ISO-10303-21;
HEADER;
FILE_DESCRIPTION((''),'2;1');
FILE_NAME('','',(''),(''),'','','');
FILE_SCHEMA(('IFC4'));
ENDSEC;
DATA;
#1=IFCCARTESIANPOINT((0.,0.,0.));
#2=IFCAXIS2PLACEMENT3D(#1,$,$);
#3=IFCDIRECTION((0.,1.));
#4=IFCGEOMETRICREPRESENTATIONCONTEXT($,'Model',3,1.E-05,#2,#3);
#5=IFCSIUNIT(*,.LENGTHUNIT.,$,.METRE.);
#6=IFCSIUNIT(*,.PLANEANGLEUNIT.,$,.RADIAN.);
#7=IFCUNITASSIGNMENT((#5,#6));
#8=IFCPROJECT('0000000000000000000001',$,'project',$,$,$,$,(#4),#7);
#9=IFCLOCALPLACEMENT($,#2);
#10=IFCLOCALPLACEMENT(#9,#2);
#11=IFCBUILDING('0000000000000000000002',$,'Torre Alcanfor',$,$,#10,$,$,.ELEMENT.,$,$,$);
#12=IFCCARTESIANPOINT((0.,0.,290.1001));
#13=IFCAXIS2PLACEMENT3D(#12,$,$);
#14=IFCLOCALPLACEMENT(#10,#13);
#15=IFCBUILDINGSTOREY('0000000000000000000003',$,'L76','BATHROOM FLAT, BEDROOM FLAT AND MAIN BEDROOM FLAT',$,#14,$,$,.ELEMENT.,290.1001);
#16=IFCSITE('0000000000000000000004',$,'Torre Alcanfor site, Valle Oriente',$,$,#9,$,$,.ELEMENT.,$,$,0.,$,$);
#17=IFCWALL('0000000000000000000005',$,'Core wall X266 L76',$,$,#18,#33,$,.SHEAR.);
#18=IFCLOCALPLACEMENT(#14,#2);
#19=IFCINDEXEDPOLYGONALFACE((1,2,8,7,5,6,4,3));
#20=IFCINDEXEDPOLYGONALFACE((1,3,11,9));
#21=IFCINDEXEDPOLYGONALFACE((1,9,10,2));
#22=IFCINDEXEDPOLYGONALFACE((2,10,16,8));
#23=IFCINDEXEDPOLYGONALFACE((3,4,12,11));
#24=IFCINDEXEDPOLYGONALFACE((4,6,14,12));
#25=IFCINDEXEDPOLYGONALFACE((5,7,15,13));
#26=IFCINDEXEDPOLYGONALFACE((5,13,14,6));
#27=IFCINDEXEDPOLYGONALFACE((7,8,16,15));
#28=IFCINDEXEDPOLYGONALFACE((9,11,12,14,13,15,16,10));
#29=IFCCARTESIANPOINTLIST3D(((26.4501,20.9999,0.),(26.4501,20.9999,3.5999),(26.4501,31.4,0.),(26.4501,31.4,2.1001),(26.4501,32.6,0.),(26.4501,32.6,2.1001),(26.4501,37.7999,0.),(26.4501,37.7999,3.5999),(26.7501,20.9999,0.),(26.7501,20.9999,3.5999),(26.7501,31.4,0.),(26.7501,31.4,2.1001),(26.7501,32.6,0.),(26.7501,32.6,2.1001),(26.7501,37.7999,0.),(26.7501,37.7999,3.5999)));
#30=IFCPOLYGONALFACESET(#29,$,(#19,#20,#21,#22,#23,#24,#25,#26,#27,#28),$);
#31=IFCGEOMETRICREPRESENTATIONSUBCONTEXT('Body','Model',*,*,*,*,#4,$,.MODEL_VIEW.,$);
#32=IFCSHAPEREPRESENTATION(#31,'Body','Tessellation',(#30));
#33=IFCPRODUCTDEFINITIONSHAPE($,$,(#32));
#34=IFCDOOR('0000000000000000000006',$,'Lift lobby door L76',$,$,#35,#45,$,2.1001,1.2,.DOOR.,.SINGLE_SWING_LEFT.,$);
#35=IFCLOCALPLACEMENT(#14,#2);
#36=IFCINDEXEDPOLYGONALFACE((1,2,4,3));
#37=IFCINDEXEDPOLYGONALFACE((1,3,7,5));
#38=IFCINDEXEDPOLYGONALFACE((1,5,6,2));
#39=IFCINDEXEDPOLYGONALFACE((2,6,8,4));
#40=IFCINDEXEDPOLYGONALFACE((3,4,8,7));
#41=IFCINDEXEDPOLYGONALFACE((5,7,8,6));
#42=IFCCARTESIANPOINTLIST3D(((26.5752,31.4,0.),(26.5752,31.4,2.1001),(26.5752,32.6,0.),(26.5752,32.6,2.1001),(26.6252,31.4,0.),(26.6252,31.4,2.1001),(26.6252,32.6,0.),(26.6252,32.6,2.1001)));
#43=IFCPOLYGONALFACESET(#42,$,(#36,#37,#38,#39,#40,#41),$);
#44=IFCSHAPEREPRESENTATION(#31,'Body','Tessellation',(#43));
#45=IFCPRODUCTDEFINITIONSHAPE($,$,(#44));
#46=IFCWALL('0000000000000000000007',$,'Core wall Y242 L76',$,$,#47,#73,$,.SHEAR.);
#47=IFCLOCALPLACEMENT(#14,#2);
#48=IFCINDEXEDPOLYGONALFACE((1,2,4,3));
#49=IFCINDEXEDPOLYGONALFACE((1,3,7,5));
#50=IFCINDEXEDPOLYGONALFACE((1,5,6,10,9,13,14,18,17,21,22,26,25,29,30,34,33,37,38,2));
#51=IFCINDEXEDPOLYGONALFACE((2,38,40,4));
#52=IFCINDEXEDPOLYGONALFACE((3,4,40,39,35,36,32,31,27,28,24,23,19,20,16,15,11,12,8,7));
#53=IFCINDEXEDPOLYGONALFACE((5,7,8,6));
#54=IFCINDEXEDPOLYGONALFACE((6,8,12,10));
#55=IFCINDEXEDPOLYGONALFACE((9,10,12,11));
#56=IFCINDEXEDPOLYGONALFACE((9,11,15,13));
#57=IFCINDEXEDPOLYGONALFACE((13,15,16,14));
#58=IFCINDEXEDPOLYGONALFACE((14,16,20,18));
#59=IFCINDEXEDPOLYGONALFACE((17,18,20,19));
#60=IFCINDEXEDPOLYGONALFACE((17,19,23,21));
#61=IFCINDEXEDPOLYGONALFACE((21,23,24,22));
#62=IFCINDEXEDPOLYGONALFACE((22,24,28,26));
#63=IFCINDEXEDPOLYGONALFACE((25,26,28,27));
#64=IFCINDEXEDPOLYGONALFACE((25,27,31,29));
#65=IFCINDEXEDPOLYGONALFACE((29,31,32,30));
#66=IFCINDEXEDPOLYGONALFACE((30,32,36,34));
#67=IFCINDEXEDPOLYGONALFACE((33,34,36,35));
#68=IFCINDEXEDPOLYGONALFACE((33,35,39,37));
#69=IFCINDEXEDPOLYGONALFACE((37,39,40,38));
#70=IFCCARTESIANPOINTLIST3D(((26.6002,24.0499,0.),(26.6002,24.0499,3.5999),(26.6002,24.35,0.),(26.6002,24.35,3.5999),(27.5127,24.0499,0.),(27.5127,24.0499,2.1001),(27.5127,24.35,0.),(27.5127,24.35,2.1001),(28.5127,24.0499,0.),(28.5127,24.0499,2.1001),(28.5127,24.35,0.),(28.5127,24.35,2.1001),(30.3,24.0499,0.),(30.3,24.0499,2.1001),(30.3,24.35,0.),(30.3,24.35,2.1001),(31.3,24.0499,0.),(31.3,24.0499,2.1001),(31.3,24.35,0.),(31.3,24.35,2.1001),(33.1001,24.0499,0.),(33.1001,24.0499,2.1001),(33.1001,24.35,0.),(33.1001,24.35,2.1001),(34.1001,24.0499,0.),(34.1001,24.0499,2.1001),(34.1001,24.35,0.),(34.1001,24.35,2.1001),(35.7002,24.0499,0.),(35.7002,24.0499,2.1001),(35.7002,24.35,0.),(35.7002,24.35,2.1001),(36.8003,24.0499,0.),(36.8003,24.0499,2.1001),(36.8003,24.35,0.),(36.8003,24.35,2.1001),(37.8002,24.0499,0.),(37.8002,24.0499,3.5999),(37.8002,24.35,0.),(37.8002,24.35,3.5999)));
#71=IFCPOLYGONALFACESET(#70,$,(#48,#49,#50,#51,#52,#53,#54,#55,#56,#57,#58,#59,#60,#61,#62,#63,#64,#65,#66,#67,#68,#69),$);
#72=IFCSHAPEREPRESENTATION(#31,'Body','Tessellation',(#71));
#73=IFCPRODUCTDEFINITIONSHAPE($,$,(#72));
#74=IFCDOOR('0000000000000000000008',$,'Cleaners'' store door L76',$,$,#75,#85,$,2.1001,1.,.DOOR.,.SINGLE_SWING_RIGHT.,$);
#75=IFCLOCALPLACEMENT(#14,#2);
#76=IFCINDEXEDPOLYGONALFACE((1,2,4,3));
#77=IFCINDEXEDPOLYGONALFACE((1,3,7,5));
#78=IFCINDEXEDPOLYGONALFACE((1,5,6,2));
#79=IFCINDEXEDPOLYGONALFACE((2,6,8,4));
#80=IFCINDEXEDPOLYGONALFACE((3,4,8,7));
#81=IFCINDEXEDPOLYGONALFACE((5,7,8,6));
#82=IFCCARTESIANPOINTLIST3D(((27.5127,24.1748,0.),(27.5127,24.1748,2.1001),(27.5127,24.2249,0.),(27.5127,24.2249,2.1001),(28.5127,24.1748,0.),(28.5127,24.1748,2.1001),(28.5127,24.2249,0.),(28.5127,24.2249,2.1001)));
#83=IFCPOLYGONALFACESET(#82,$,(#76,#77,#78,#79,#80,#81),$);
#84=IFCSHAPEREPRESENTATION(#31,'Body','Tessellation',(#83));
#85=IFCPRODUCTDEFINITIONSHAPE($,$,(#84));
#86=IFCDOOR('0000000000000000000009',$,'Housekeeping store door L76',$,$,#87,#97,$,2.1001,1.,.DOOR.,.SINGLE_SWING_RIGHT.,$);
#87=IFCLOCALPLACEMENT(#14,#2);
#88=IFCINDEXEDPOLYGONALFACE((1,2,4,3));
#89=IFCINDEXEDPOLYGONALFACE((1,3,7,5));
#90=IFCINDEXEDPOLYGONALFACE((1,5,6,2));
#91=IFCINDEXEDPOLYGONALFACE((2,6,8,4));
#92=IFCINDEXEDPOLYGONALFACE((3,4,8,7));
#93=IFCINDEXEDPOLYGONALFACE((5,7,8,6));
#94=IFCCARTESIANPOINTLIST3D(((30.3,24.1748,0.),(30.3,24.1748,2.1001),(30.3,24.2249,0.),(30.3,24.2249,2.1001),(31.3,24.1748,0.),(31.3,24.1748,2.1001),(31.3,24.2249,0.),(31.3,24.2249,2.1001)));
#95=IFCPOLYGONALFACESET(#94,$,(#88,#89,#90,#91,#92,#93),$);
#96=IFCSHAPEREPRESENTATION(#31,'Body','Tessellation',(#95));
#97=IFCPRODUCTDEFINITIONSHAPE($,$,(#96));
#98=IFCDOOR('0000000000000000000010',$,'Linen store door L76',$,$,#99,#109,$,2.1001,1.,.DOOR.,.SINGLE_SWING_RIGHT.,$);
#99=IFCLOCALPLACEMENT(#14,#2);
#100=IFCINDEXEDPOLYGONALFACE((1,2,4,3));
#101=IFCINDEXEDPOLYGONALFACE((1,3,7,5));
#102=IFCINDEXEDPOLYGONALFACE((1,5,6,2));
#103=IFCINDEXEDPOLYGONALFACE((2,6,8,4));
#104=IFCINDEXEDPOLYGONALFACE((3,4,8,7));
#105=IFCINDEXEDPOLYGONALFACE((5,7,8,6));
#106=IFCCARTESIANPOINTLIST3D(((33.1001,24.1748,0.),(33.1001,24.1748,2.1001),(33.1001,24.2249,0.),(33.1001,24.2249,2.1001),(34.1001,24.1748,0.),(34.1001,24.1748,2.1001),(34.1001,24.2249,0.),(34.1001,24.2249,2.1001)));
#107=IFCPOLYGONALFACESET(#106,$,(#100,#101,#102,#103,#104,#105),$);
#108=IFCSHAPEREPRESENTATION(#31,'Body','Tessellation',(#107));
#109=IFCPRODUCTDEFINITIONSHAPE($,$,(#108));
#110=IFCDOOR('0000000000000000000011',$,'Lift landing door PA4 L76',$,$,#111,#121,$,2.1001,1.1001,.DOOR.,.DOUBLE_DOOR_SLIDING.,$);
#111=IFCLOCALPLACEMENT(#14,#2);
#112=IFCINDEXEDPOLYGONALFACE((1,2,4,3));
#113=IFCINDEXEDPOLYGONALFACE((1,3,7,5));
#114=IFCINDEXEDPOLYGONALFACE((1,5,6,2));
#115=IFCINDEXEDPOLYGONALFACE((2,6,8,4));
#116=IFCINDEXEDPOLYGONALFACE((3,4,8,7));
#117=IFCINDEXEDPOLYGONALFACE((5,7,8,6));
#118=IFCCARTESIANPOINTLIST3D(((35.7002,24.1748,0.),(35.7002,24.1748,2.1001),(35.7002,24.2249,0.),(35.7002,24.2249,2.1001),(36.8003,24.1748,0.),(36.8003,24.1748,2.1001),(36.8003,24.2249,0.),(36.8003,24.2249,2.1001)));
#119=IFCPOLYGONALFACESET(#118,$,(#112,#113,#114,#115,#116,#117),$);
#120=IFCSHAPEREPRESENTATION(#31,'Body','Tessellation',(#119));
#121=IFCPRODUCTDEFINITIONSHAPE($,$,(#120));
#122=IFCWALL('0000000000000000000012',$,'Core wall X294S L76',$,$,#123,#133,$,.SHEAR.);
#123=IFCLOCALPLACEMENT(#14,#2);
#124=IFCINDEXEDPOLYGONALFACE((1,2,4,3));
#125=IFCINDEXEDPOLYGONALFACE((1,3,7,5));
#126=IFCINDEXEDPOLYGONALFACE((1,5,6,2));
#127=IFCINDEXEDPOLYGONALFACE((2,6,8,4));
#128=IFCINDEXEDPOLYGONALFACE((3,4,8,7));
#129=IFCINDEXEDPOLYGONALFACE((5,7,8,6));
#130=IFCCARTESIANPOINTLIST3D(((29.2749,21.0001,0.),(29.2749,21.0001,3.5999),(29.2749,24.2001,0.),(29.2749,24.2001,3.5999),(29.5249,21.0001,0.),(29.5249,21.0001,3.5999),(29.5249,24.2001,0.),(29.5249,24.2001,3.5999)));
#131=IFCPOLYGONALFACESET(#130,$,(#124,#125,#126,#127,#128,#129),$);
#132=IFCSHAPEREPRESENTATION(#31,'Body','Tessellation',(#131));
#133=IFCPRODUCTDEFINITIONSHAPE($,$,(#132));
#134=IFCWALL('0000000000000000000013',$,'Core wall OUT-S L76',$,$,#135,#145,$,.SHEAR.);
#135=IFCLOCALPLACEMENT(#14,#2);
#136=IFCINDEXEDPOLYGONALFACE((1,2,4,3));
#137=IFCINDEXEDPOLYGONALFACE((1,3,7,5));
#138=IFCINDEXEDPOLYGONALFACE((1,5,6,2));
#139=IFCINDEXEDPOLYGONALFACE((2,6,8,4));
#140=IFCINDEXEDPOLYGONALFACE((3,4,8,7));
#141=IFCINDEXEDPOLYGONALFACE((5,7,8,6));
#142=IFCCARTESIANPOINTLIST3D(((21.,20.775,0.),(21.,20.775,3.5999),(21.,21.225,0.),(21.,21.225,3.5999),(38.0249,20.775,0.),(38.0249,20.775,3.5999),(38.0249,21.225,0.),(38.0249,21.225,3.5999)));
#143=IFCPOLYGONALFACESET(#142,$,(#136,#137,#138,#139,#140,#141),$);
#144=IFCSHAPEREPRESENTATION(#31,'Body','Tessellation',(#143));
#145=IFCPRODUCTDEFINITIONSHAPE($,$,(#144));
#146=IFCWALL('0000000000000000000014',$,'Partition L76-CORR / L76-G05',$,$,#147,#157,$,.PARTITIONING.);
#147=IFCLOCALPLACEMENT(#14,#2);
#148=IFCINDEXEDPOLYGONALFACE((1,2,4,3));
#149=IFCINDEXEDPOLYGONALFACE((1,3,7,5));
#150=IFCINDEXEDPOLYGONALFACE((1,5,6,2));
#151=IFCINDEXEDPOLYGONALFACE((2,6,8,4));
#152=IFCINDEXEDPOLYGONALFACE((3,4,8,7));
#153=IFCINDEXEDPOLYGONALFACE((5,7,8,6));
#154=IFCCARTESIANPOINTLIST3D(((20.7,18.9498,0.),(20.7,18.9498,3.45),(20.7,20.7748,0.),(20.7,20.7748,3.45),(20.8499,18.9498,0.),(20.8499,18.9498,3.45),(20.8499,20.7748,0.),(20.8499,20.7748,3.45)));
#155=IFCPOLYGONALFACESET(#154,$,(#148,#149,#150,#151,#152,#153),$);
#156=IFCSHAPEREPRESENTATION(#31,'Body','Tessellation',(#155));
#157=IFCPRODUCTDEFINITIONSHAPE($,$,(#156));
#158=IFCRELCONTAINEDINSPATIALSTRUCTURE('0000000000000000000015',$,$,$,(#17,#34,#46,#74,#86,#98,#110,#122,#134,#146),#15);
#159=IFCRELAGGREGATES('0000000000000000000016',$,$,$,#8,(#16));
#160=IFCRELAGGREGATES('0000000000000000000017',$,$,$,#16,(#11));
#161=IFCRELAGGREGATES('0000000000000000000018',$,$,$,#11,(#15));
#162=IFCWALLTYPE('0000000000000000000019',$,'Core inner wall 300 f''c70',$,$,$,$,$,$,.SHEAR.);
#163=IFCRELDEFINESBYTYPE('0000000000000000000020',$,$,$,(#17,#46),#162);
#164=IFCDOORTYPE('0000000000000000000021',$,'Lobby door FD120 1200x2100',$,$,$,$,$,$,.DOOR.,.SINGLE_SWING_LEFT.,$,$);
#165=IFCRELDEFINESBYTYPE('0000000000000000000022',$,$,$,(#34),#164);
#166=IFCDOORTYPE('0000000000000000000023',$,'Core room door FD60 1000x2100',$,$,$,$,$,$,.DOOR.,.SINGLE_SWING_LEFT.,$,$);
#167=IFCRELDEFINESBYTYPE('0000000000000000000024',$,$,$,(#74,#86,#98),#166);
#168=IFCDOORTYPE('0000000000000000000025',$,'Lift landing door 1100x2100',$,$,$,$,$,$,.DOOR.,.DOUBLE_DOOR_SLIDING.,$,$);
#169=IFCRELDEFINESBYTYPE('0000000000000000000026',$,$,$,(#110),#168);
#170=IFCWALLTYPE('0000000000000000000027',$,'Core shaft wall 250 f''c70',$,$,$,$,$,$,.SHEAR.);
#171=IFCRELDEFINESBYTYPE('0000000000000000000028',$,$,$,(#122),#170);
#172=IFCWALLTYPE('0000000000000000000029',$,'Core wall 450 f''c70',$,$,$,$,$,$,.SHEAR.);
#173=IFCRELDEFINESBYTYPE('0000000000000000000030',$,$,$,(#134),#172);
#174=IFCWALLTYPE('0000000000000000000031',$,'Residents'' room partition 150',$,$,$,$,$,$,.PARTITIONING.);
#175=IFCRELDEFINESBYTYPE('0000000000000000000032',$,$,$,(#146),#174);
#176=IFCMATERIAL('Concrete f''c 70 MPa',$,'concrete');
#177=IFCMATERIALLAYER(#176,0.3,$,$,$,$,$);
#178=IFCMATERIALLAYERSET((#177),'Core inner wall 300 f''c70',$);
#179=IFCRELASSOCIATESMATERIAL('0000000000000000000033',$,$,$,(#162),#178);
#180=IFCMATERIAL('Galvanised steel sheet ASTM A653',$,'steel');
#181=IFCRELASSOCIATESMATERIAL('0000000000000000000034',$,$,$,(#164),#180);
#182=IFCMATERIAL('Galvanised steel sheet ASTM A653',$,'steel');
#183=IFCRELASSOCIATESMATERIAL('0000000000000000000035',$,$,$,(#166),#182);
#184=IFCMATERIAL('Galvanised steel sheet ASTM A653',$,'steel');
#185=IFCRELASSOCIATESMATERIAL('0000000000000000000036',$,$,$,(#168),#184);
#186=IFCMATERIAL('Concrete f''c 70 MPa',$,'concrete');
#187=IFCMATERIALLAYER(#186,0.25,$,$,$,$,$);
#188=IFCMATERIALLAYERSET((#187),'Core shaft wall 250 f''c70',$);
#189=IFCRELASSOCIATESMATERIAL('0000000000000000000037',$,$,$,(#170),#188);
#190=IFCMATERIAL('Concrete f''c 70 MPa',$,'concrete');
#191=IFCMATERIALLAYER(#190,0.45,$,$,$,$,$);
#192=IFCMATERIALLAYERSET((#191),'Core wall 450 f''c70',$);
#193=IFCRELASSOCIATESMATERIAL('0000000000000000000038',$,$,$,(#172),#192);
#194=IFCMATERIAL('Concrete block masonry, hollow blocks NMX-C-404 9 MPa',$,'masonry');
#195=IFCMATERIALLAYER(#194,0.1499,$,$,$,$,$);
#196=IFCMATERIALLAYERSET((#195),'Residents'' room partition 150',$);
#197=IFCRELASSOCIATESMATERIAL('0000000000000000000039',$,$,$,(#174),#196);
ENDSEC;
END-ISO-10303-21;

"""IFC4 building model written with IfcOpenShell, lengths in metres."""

from ifc_helpers import new_model, si_unit, direction, frame, frame_2d, origin, place, context, subcontext, project, spatial, rectangle, extrude, material, layer, layer_set, type_object, element, fill, save


model = new_model("IFC4")

# Units and contexts
model_context = context("Model", 3, precision=1e-05, world=origin(), true_north=direction((0.0, 1.0)))
body_context = subcontext(model_context, "Body", "Model", "MODEL_VIEW")
ifc_project = project(units=[si_unit("LENGTHUNIT", "METRE"), si_unit("PLANEANGLEUNIT", "RADIAN")], contexts=[model_context])

# Site, building, storey
site_placement = place(None, origin())
site = spatial("IfcSite", under=ifc_project, at=site_placement, Name="Torre Alcanfor site, Valle Oriente", CompositionType="ELEMENT", RefElevation=0.0)
building_placement = place(site_placement, origin())
building = spatial("IfcBuilding", under=site, at=building_placement, Name="Torre Alcanfor", CompositionType="ELEMENT")
storey_placement = place(building_placement, frame((0.0, 0.0, 290.1001)))
storey = spatial("IfcBuildingStorey", under=building, at=storey_placement, Name="L76", Description="BATHROOM FLAT, BEDROOM FLAT AND MAIN BEDROOM FLAT", CompositionType="ELEMENT", Elevation=290.1001)

# Wall, opening, door
ifc_material_1 = material(Name="Concrete f'c 70 MPa", Category="concrete")
ifc_layer_1 = layer(ifc_material_1, 0.3)
ifc_layer_set_1 = layer_set([ifc_layer_1], Name="Core inner wall 300 f'c70")
wall_type_1 = type_object("IfcWallType", Name="Core inner wall 300 f'c70", PredefinedType="SHEAR", material=ifc_layer_set_1)
wall_1_placement = place(storey_placement, frame((26.6001, 21.0, 0.0), z_axis=(0.0, 0.0, 1.0), x_axis=(0.0, 1.0, 0.0)))
wall_1 = element("IfcWall", 1, at=wall_1_placement, inside=storey, type_object=wall_type_1, Name="Core wall X266 L76", PredefinedType="SHEAR", context=body_context, shape_type="SweptSolid", body=[
    extrude(rectangle(XDim=16.8, YDim=0.3, at=frame_2d((8.3999, 0.0))), origin(), (0.0, 0.0, 1.0), 3.5999),
])
opening_1_placement = place(wall_1_placement, frame((10.3999, 0.0, 0.0)))
opening_1 = element("IfcOpeningElement", 2, at=opening_1_placement, cuts=wall_1, PredefinedType="OPENING", context=body_context, shape_type="SweptSolid", body=[
    extrude(rectangle(XDim=1.2, YDim=2.1001, at=frame_2d((0.6001, 1.05))), frame((0.0, 0.1599, 0.0), z_axis=(0.0, -1.0, 0.0), x_axis=(1.0, 0.0, 0.0)), (0.0, 0.0, 1.0), 0.3201),
])
ifc_material_2 = material(Name="Galvanised steel sheet ASTM A653", Category="steel")
door_type_1 = type_object("IfcDoorType", Name="Lobby door FD120 1200x2100", OperationType="SINGLE_SWING_LEFT", PredefinedType="DOOR", material=ifc_material_2)
door_1_placement = place(opening_1_placement, origin())
door_1 = element("IfcDoor", 3, at=door_1_placement, inside=storey, type_object=door_type_1, Name="Lift lobby door L76", OperationType="SINGLE_SWING_LEFT", OverallHeight=2.1001, OverallWidth=1.2, PredefinedType="DOOR", context=body_context, shape_type="SweptSolid", body=[
    extrude(rectangle(XDim=1.2, YDim=2.1001, at=frame_2d((0.6001, 1.05))), frame((0.0, 0.0249, 0.0), z_axis=(0.0, -1.0, 0.0), x_axis=(1.0, 0.0, 0.0)), (0.0, 0.0, 1.0), 0.05),
])
fill(opening_1, door_1)

# Wall, openings, doors
wall_2_placement = place(storey_placement, frame((26.6001, 24.2, 0.0), z_axis=(0.0, 0.0, 1.0), x_axis=(1.0, 0.0, 0.0)))
wall_2 = element("IfcWall", 4, at=wall_2_placement, inside=storey, type_object=wall_type_1, Name="Core wall Y242 L76", PredefinedType="SHEAR", context=body_context, shape_type="SweptSolid", body=[
    extrude(rectangle(XDim=11.2, YDim=0.3, at=frame_2d((5.6001, 0.0))), origin(), (0.0, 0.0, 1.0), 3.5999),
])
opening_2_placement = place(wall_2_placement, frame((0.9126, 0.0, 0.0)))
opening_2 = element("IfcOpeningElement", 5, at=opening_2_placement, cuts=wall_2, PredefinedType="OPENING", context=body_context, shape_type="SweptSolid", body=[
    extrude(rectangle(XDim=1.0, YDim=2.1001, at=frame_2d((0.5, 1.05))), frame((0.0, 0.1599, 0.0), z_axis=(0.0, -1.0, 0.0), x_axis=(1.0, 0.0, 0.0)), (0.0, 0.0, 1.0), 0.3201),
])
opening_3_placement = place(wall_2_placement, frame((3.7, 0.0, 0.0)))
opening_3 = element("IfcOpeningElement", 6, at=opening_3_placement, cuts=wall_2, PredefinedType="OPENING", context=body_context, shape_type="SweptSolid", body=[
    extrude(rectangle(XDim=1.0, YDim=2.1001, at=frame_2d((0.5, 1.05))), frame((0.0, 0.1599, 0.0), z_axis=(0.0, -1.0, 0.0), x_axis=(1.0, 0.0, 0.0)), (0.0, 0.0, 1.0), 0.3201),
])
opening_4_placement = place(wall_2_placement, frame((6.5, 0.0, 0.0)))
opening_4 = element("IfcOpeningElement", 7, at=opening_4_placement, cuts=wall_2, PredefinedType="OPENING", context=body_context, shape_type="SweptSolid", body=[
    extrude(rectangle(XDim=1.0, YDim=2.1001, at=frame_2d((0.5, 1.05))), frame((0.0, 0.1599, 0.0), z_axis=(0.0, -1.0, 0.0), x_axis=(1.0, 0.0, 0.0)), (0.0, 0.0, 1.0), 0.3201),
])
opening_5_placement = place(wall_2_placement, frame((9.1001, 0.0, 0.0)))
opening_5 = element("IfcOpeningElement", 8, at=opening_5_placement, cuts=wall_2, PredefinedType="OPENING", context=body_context, shape_type="SweptSolid", body=[
    extrude(rectangle(XDim=1.1001, YDim=2.1001, at=frame_2d((0.55, 1.05))), frame((0.0, 0.1599, 0.0), z_axis=(0.0, -1.0, 0.0), x_axis=(1.0, 0.0, 0.0)), (0.0, 0.0, 1.0), 0.3201),
])
ifc_material_3 = material(Name="Galvanised steel sheet ASTM A653", Category="steel")
door_type_2 = type_object("IfcDoorType", Name="Core room door FD60 1000x2100", OperationType="SINGLE_SWING_LEFT", PredefinedType="DOOR", material=ifc_material_3)
door_2_placement = place(opening_2_placement, frame((1.0, 0.0, 0.0), z_axis=(0.0, 0.0, 1.0), x_axis=(-1.0, 0.0, 0.0)))
door_2 = element("IfcDoor", 9, at=door_2_placement, inside=storey, type_object=door_type_2, Name="Cleaners' store door L76", OperationType="SINGLE_SWING_RIGHT", OverallHeight=2.1001, OverallWidth=1.0, PredefinedType="DOOR", context=body_context, shape_type="SweptSolid", body=[
    extrude(rectangle(XDim=1.0, YDim=2.1001, at=frame_2d((0.5, 1.05))), frame((0.0, 0.0251, 0.0), z_axis=(0.0, -1.0, 0.0), x_axis=(1.0, 0.0, 0.0)), (0.0, 0.0, 1.0), 0.05),
])
fill(opening_2, door_2)
door_3_placement = place(opening_3_placement, frame((1.0, 0.0, 0.0), z_axis=(0.0, 0.0, 1.0), x_axis=(-1.0, 0.0, 0.0)))
door_3 = element("IfcDoor", 10, at=door_3_placement, inside=storey, type_object=door_type_2, Name="Housekeeping store door L76", OperationType="SINGLE_SWING_RIGHT", OverallHeight=2.1001, OverallWidth=1.0, PredefinedType="DOOR", context=body_context, shape_type="SweptSolid", body=[
    extrude(rectangle(XDim=1.0, YDim=2.1001, at=frame_2d((0.5, 1.05))), frame((0.0, 0.0251, 0.0), z_axis=(0.0, -1.0, 0.0), x_axis=(1.0, 0.0, 0.0)), (0.0, 0.0, 1.0), 0.05),
])
fill(opening_3, door_3)
door_4_placement = place(opening_4_placement, frame((1.0, 0.0, 0.0), z_axis=(0.0, 0.0, 1.0), x_axis=(-1.0, 0.0, 0.0)))
door_4 = element("IfcDoor", 11, at=door_4_placement, inside=storey, type_object=door_type_2, Name="Linen store door L76", OperationType="SINGLE_SWING_RIGHT", OverallHeight=2.1001, OverallWidth=1.0, PredefinedType="DOOR", context=body_context, shape_type="SweptSolid", body=[
    extrude(rectangle(XDim=1.0, YDim=2.1001, at=frame_2d((0.5, 1.05))), frame((0.0, 0.0251, 0.0), z_axis=(0.0, -1.0, 0.0), x_axis=(1.0, 0.0, 0.0)), (0.0, 0.0, 1.0), 0.05),
])
fill(opening_4, door_4)
ifc_material_4 = material(Name="Galvanised steel sheet ASTM A653", Category="steel")
door_type_3 = type_object("IfcDoorType", Name="Lift landing door 1100x2100", OperationType="DOUBLE_DOOR_SLIDING", PredefinedType="DOOR", material=ifc_material_4)
door_5_placement = place(opening_5_placement, origin())
door_5 = element("IfcDoor", 12, at=door_5_placement, inside=storey, type_object=door_type_3, Name="Lift landing door PA4 L76", OperationType="DOUBLE_DOOR_SLIDING", OverallHeight=2.1001, OverallWidth=1.1001, PredefinedType="DOOR", context=body_context, shape_type="SweptSolid", body=[
    extrude(rectangle(XDim=1.1001, YDim=2.1001, at=frame_2d((0.55, 1.05))), frame((0.0, 0.0249, 0.0), z_axis=(0.0, -1.0, 0.0), x_axis=(1.0, 0.0, 0.0)), (0.0, 0.0, 1.0), 0.05),
])
fill(opening_5, door_5)

# Walls
ifc_material_5 = material(Name="Concrete f'c 70 MPa", Category="concrete")
ifc_layer_2 = layer(ifc_material_5, 0.25)
ifc_layer_set_2 = layer_set([ifc_layer_2], Name="Core shaft wall 250 f'c70")
wall_type_2 = type_object("IfcWallType", Name="Core shaft wall 250 f'c70", PredefinedType="SHEAR", material=ifc_layer_set_2)
wall_3_placement = place(storey_placement, frame((29.3999, 21.0, 0.0), z_axis=(0.0, 0.0, 1.0), x_axis=(0.0, 1.0, 0.0)))
element("IfcWall", 13, at=wall_3_placement, inside=storey, type_object=wall_type_2, Name="Core wall X294S L76", PredefinedType="SHEAR", context=body_context, shape_type="SweptSolid", body=[
    extrude(rectangle(XDim=3.2, YDim=0.25, at=frame_2d((1.6001, 0.0))), origin(), (0.0, 0.0, 1.0), 3.5999),
])
ifc_material_6 = material(Name="Concrete f'c 70 MPa", Category="concrete")
ifc_layer_3 = layer(ifc_material_6, 0.45)
ifc_layer_set_3 = layer_set([ifc_layer_3], Name="Core wall 450 f'c70")
wall_type_3 = type_object("IfcWallType", Name="Core wall 450 f'c70", PredefinedType="SHEAR", material=ifc_layer_set_3)
wall_4_placement = place(storey_placement, frame((21.0, 21.0, 0.0), z_axis=(0.0, 0.0, 1.0), x_axis=(1.0, 0.0, 0.0)))
element("IfcWall", 14, at=wall_4_placement, inside=storey, type_object=wall_type_3, Name="Core wall OUT-S L76", PredefinedType="SHEAR", context=body_context, shape_type="SweptSolid", body=[
    extrude(rectangle(XDim=17.0249, YDim=0.45, at=frame_2d((8.5125, 0.0))), origin(), (0.0, 0.0, 1.0), 3.5999),
])
ifc_material_7 = material(Name="Concrete block masonry, hollow blocks NMX-C-404 9 MPa", Category="masonry")
ifc_layer_4 = layer(ifc_material_7, 0.1499)
ifc_layer_set_4 = layer_set([ifc_layer_4], Name="Residents' room partition 150")
wall_type_4 = type_object("IfcWallType", Name="Residents' room partition 150", PredefinedType="PARTITIONING", material=ifc_layer_set_4)
wall_5_placement = place(storey_placement, frame((20.7749, 20.7749, 0.0), z_axis=(0.0, 0.0, 1.0), x_axis=(0.0, -1.0, 0.0)))
element("IfcWall", 15, at=wall_5_placement, inside=storey, type_object=wall_type_4, Name="Partition L76-CORR / L76-G05", PredefinedType="PARTITIONING", context=body_context, shape_type="SweptSolid", body=[
    extrude(rectangle(XDim=1.825, YDim=0.1499, at=frame_2d((0.9126, 0.0))), origin(), (0.0, 0.0, 1.0), 3.45),
])

save(model, "model.ifc")
